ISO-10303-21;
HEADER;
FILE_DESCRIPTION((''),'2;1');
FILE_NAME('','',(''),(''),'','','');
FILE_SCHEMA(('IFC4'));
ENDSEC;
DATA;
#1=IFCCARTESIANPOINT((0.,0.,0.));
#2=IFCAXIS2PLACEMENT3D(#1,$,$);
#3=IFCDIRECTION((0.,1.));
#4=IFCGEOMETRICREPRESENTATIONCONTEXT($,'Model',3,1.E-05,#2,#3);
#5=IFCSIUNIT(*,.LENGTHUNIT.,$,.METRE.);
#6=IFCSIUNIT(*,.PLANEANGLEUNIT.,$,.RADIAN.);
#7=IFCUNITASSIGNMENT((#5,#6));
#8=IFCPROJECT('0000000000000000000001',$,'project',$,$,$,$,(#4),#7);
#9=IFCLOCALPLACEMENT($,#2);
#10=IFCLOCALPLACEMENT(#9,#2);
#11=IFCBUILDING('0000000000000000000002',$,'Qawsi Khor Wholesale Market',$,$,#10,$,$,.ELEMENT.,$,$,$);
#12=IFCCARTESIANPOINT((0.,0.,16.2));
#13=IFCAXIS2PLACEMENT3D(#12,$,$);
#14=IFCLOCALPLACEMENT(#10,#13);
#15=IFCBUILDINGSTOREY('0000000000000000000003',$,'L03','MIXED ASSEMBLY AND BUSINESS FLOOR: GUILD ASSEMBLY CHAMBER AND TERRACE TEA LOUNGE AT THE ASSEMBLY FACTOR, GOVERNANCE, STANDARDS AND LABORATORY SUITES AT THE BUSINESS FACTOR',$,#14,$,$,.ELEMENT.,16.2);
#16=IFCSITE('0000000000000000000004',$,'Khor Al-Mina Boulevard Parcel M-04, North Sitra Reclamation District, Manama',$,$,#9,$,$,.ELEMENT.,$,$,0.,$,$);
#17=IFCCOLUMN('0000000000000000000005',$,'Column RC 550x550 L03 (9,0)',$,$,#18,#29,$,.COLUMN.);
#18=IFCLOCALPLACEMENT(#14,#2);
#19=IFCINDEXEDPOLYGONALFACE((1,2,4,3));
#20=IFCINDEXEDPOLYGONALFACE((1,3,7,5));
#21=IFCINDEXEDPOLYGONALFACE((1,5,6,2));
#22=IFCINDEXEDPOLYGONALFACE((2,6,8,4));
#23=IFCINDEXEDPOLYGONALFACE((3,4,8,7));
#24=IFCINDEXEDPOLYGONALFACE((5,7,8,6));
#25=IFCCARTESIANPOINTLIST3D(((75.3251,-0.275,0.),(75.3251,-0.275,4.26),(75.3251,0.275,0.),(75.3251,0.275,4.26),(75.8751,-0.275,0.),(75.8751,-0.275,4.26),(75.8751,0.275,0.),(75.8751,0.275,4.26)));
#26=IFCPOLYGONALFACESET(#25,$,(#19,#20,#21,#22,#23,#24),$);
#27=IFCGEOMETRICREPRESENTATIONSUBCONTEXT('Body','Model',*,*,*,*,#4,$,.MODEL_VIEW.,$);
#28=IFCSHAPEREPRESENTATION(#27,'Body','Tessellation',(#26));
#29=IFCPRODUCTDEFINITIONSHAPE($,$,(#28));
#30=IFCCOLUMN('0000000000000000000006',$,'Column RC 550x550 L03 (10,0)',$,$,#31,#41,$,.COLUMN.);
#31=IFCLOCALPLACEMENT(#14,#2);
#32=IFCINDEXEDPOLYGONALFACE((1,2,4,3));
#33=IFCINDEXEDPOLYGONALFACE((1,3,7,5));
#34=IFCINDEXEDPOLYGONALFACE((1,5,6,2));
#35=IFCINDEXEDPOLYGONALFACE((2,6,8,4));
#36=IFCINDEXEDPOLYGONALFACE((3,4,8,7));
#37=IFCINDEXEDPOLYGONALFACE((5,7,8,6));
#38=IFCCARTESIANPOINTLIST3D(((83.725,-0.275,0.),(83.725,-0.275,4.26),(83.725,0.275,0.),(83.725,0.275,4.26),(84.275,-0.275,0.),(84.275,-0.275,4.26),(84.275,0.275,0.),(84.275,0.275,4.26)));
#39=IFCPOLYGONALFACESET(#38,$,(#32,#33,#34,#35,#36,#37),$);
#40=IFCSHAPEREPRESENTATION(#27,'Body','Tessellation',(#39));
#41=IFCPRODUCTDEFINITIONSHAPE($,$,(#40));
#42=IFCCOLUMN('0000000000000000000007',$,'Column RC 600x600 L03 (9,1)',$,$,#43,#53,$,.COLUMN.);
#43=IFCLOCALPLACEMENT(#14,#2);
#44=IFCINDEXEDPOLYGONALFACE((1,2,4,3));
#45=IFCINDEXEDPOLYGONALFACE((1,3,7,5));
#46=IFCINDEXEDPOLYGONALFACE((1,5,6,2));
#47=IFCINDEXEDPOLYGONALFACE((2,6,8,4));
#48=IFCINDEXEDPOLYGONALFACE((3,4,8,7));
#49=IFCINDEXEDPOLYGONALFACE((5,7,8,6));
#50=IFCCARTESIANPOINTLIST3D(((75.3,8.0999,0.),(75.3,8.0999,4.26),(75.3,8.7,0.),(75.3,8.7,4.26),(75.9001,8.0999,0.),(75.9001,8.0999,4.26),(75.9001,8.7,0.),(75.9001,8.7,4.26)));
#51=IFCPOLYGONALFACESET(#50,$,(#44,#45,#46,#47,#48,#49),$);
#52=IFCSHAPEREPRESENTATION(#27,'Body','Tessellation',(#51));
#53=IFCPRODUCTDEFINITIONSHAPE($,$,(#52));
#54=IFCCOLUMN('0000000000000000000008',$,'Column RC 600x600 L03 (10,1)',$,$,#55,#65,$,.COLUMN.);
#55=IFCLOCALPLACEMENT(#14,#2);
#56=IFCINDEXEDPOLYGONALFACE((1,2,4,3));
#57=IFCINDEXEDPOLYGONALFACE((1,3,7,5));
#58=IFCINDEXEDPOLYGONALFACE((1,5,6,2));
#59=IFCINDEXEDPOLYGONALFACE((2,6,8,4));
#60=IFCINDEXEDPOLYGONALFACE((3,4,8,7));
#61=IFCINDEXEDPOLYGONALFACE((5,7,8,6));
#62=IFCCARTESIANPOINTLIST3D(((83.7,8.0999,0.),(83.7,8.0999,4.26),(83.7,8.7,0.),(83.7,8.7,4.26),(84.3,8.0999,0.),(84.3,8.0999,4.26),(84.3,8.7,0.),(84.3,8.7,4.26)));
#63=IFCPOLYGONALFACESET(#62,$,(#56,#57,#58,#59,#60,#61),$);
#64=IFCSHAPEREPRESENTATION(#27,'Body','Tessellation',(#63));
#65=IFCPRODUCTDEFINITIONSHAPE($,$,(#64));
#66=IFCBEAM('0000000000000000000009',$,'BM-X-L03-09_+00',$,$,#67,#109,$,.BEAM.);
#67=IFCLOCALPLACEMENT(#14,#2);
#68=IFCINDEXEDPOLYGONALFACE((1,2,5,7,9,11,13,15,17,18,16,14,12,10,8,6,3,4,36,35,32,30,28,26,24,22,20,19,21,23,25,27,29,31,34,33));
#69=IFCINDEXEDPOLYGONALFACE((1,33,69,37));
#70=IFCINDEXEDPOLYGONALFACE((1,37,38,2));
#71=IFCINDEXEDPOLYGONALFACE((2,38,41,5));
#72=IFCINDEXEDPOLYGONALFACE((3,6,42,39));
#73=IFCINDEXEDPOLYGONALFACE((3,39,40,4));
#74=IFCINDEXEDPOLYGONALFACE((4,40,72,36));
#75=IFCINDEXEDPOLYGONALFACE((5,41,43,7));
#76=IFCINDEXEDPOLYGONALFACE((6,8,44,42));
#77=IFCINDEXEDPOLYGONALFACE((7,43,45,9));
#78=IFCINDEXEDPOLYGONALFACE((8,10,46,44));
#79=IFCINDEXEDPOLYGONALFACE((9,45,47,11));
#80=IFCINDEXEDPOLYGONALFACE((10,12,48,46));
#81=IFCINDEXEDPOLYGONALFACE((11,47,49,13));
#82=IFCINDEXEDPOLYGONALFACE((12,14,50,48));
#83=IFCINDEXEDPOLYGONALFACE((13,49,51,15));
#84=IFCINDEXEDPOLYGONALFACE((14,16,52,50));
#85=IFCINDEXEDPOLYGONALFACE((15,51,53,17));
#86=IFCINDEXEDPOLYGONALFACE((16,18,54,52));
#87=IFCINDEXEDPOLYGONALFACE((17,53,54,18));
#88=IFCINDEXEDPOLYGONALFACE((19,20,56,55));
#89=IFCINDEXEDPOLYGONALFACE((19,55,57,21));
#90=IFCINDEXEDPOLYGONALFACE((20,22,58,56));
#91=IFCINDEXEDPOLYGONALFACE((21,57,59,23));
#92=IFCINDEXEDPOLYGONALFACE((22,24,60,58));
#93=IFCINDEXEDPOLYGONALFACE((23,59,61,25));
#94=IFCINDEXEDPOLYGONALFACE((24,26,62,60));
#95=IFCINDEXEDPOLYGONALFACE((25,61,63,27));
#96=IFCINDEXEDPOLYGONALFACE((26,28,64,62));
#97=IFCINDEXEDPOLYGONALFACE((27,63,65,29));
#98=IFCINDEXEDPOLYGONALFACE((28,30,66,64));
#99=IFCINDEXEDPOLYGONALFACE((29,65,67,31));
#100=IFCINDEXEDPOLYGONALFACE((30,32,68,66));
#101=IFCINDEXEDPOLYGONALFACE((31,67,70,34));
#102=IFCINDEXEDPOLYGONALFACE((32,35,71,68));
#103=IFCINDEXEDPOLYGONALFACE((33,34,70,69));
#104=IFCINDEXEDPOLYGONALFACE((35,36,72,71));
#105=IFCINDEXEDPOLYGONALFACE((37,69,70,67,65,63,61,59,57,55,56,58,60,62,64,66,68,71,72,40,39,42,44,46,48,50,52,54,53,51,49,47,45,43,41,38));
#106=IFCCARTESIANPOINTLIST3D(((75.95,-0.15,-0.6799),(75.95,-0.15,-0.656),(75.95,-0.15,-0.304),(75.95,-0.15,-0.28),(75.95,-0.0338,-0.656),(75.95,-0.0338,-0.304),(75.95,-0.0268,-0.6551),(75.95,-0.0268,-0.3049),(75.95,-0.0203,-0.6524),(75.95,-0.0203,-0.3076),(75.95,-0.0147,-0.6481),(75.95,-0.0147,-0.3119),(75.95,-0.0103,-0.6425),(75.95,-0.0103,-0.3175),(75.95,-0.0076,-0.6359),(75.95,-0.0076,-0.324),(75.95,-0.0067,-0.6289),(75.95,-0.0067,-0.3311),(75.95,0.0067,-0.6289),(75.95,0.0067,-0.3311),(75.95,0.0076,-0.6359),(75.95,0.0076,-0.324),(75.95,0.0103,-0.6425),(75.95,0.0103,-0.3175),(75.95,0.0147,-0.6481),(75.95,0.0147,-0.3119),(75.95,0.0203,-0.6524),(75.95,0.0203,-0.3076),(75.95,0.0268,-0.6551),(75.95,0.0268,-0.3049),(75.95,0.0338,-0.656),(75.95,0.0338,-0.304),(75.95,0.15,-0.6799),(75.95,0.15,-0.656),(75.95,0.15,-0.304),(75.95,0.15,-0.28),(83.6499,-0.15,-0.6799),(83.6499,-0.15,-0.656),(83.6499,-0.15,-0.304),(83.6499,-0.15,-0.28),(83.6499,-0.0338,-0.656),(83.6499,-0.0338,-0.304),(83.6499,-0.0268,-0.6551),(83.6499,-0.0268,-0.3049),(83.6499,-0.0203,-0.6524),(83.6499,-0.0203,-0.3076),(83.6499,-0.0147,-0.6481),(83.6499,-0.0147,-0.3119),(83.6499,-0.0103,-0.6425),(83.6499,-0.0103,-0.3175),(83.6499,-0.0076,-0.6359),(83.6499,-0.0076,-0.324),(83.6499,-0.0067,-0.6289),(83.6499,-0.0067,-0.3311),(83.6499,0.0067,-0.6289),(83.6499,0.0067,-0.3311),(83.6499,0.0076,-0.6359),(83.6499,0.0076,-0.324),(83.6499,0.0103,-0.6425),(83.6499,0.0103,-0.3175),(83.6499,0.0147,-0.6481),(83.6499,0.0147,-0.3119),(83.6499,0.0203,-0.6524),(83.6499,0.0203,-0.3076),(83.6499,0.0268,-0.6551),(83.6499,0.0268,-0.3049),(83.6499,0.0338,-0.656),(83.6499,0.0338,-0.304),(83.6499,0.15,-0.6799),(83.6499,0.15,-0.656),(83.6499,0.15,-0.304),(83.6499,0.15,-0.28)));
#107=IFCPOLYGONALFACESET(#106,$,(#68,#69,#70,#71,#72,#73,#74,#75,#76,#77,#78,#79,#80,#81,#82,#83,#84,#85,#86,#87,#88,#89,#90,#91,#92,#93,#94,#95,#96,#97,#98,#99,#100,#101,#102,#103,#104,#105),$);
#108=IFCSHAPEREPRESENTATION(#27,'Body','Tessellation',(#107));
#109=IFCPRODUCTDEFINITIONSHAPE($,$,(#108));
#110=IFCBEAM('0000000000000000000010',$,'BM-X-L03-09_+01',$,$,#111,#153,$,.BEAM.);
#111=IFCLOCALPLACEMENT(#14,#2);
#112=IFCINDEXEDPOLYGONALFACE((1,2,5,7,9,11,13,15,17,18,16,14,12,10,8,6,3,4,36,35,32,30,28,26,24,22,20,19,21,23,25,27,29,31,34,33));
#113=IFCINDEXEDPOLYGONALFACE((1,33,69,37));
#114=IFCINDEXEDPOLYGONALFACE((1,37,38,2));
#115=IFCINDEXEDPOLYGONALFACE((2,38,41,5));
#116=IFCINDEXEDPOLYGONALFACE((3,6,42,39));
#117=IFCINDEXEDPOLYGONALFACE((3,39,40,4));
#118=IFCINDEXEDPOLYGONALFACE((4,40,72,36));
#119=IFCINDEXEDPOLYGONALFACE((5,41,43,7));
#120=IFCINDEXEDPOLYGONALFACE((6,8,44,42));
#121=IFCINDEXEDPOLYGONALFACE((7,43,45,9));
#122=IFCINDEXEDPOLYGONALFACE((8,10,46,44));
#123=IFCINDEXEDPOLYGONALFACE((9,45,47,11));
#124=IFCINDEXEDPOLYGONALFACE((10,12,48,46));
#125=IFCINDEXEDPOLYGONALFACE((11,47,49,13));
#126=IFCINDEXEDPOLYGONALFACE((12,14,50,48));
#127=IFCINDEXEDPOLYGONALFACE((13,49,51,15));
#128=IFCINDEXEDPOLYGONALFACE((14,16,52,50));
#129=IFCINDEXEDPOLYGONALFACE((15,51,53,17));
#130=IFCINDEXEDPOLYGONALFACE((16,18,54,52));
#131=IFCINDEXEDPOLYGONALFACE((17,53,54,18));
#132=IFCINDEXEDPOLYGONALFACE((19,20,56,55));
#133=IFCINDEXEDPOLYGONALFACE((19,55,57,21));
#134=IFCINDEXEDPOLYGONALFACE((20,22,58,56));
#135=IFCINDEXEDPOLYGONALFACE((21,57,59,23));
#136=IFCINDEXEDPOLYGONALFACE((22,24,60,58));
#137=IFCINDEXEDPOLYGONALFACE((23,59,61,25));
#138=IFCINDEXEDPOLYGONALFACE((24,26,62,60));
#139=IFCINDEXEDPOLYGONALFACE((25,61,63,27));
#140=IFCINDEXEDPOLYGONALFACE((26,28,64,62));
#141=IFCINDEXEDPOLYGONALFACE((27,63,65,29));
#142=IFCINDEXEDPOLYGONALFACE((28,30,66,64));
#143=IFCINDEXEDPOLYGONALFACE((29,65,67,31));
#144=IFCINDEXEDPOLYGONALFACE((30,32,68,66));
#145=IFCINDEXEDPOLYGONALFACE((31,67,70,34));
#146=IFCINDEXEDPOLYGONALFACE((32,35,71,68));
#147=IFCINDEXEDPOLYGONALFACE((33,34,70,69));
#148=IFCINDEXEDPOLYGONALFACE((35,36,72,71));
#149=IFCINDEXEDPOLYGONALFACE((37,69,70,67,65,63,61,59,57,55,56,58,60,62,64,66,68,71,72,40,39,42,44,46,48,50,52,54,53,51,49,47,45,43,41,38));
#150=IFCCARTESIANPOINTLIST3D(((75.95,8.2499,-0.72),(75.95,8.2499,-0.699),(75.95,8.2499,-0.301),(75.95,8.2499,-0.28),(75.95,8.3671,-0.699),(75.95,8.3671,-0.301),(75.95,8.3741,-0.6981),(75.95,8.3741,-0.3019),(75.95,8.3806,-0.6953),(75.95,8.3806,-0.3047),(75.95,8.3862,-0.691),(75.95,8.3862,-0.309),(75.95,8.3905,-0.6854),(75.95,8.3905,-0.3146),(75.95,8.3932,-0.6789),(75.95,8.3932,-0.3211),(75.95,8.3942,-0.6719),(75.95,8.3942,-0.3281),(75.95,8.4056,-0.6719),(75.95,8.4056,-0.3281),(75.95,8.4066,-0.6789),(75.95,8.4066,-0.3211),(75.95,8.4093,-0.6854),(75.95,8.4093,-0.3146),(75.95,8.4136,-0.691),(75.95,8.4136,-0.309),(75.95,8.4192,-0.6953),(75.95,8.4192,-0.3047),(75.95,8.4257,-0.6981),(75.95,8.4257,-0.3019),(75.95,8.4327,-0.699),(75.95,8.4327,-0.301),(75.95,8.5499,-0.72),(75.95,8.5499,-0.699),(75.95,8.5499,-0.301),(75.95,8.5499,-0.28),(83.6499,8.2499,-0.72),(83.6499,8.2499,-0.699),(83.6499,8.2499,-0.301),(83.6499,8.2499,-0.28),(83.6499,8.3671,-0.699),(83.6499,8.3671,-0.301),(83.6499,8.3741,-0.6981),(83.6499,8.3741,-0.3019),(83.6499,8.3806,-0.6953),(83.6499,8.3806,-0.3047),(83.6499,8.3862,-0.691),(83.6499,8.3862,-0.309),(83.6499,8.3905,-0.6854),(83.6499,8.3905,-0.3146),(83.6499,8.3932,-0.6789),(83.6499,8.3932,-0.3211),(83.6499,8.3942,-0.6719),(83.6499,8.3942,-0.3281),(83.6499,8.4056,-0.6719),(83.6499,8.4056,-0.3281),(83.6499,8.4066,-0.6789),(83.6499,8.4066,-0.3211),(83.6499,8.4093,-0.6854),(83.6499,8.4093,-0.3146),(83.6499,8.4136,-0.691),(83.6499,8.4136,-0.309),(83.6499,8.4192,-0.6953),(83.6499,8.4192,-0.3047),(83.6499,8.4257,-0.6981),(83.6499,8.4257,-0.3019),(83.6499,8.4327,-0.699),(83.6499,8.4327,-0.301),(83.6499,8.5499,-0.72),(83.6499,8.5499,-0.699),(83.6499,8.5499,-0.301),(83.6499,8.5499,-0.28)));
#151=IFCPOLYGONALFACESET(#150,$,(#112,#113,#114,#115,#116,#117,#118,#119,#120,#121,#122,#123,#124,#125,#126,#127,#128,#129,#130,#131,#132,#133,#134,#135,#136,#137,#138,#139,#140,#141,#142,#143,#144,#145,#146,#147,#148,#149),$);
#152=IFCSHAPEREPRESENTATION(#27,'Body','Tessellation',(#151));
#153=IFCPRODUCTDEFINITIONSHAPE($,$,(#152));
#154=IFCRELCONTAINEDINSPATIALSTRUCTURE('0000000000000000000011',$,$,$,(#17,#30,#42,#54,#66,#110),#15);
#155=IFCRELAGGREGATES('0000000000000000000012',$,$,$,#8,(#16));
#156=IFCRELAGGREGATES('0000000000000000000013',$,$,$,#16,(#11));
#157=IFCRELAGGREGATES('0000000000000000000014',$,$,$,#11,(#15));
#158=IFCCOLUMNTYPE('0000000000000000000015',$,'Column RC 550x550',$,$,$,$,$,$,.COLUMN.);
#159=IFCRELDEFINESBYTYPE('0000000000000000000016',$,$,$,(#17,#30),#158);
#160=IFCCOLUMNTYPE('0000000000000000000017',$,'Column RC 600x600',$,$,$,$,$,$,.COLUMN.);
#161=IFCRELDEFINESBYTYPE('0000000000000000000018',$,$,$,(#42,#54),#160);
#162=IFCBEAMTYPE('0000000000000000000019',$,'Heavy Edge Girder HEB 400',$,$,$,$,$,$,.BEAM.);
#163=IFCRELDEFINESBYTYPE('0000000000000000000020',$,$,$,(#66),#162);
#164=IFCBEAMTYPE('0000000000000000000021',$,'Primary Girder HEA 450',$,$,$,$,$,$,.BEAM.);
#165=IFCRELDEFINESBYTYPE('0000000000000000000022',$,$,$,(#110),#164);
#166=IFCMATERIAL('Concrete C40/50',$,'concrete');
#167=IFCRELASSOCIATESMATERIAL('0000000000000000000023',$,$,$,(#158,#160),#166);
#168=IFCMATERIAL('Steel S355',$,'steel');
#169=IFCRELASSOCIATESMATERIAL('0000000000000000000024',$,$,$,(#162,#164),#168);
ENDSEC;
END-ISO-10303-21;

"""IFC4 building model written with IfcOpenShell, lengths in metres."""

from ifc_helpers import new_model, si_unit, direction, frame, origin, origin_2d, place, context, subcontext, project, spatial, rectangle, i_section, extrude, material, material_profile, profile_set, type_object, element, save


model = new_model("IFC4")

# Units and contexts
model_context = context("Model", 3, precision=1e-05, world=origin(), true_north=direction((0.0, 1.0)))
body_context = subcontext(model_context, "Body", "Model", "MODEL_VIEW")
ifc_project = project(units=[si_unit("LENGTHUNIT", "METRE"), si_unit("PLANEANGLEUNIT", "RADIAN")], contexts=[model_context])

# Site, building, storey
site_placement = place(None, origin())
site = spatial("IfcSite", under=ifc_project, at=site_placement, Name="Khor Al-Mina Boulevard Parcel M-04, North Sitra Reclamation District, Manama", CompositionType="ELEMENT", RefElevation=0.0)
building_placement = place(site_placement, origin())
building = spatial("IfcBuilding", under=site, at=building_placement, Name="Qawsi Khor Wholesale Market", CompositionType="ELEMENT")
storey_placement = place(building_placement, frame((0.0, 0.0, 16.2)))
storey = spatial("IfcBuildingStorey", under=building, at=storey_placement, Name="L03", Description="MIXED ASSEMBLY AND BUSINESS FLOOR: GUILD ASSEMBLY CHAMBER AND TERRACE TEA LOUNGE AT THE ASSEMBLY FACTOR, GOVERNANCE, STANDARDS AND LABORATORY SUITES AT THE BUSINESS FACTOR", CompositionType="ELEMENT", Elevation=16.2)

# Columns
ifc_material_1 = material(Name="Concrete C40/50", Category="concrete")
ifc_material_profile_1 = material_profile(ifc_material_1, rectangle(XDim=0.55, YDim=0.55, at=origin_2d()), Name="RC 550x550")
ifc_profile_set_1 = profile_set([ifc_material_profile_1], Name="Concrete C40/50")
column_type_1 = type_object("IfcColumnType", Name="Column RC 550x550", PredefinedType="COLUMN", material=ifc_profile_set_1)
for number, where, z_axis, x_axis, name in (
    (1, (75.6001, 0.0, 0.0), (0.0, 0.0, 1.0), (1.0, 0.0, 0.0), "Column RC 550x550 L03 (9,0)"),
    (2, (84.0, 0.0, 0.0), (0.0, 0.0, 1.0), (1.0, 0.0, 0.0), "Column RC 550x550 L03 (10,0)"),
):
    element("IfcColumn", number, at=place(storey_placement, frame(where, z_axis=z_axis, x_axis=x_axis)), inside=storey, type_object=column_type_1, Name=name, PredefinedType="COLUMN", context=body_context, shape_type="SweptSolid", body=[
        extrude(rectangle(XDim=0.55, YDim=0.55, at=origin_2d()), origin(), (0.0, 0.0, 1.0), 4.26),
    ])
ifc_material_profile_2 = material_profile(ifc_material_1, rectangle(XDim=0.6001, YDim=0.6001, at=origin_2d()), Name="RC 600x600")
ifc_profile_set_2 = profile_set([ifc_material_profile_2], Name="Concrete C40/50")
column_type_2 = type_object("IfcColumnType", Name="Column RC 600x600", PredefinedType="COLUMN", material=ifc_profile_set_2)
for number, where, z_axis, x_axis, name in (
    (3, (75.6001, 8.3999, 0.0), (0.0, 0.0, 1.0), (1.0, 0.0, 0.0), "Column RC 600x600 L03 (9,1)"),
    (4, (84.0, 8.3999, 0.0), (0.0, 0.0, 1.0), (1.0, 0.0, 0.0), "Column RC 600x600 L03 (10,1)"),
):
    element("IfcColumn", number, at=place(storey_placement, frame(where, z_axis=z_axis, x_axis=x_axis)), inside=storey, type_object=column_type_2, Name=name, PredefinedType="COLUMN", context=body_context, shape_type="SweptSolid", body=[
        extrude(rectangle(XDim=0.6001, YDim=0.6001, at=origin_2d()), origin(), (0.0, 0.0, 1.0), 4.26),
    ])

# Beams
ifc_material_2 = material(Name="Steel S355", Category="steel")
ifc_material_profile_3 = material_profile(ifc_material_2, i_section(OverallWidth=0.3, OverallDepth=0.3999, WebThickness=0.0134, FlangeThickness=0.0239, FilletRadius=0.0271, at=origin_2d()), Name="HEB 400")
ifc_profile_set_3 = profile_set([ifc_material_profile_3], Name="Steel S355")
beam_type_1 = type_object("IfcBeamType", Name="Heavy Edge Girder HEB 400", PredefinedType="BEAM", material=ifc_profile_set_3)
beam_1_placement = place(storey_placement, frame((75.95, 0.0, -0.48), z_axis=(1.0, 0.0, 0.0), x_axis=(0.0, 1.0, 0.0)))
element("IfcBeam", 5, at=beam_1_placement, inside=storey, type_object=beam_type_1, Name="BM-X-L03-09_+00", PredefinedType="BEAM", context=body_context, shape_type="SweptSolid", body=[
    extrude(i_section(OverallWidth=0.3, OverallDepth=0.3999, WebThickness=0.0134, FlangeThickness=0.0239, FilletRadius=0.0271, at=origin_2d()), origin(), (0.0, 0.0, 1.0), 7.7),
])
ifc_material_profile_4 = material_profile(ifc_material_2, i_section(OverallWidth=0.3, OverallDepth=0.4399, WebThickness=0.0115, FlangeThickness=0.021, FilletRadius=0.0271, at=origin_2d()), Name="HEA 450")
ifc_profile_set_4 = profile_set([ifc_material_profile_4], Name="Steel S355")
beam_type_2 = type_object("IfcBeamType", Name="Primary Girder HEA 450", PredefinedType="BEAM", material=ifc_profile_set_4)
beam_2_placement = place(storey_placement, frame((75.95, 8.3999, -0.5), z_axis=(1.0, 0.0, 0.0), x_axis=(0.0, 1.0, 0.0)))
element("IfcBeam", 6, at=beam_2_placement, inside=storey, type_object=beam_type_2, Name="BM-X-L03-09_+01", PredefinedType="BEAM", context=body_context, shape_type="SweptSolid", body=[
    extrude(i_section(OverallWidth=0.3, OverallDepth=0.4399, WebThickness=0.0115, FlangeThickness=0.021, FilletRadius=0.0271, at=origin_2d()), origin(), (0.0, 0.0, 1.0), 7.7),
])

save(model, "model.ifc")
